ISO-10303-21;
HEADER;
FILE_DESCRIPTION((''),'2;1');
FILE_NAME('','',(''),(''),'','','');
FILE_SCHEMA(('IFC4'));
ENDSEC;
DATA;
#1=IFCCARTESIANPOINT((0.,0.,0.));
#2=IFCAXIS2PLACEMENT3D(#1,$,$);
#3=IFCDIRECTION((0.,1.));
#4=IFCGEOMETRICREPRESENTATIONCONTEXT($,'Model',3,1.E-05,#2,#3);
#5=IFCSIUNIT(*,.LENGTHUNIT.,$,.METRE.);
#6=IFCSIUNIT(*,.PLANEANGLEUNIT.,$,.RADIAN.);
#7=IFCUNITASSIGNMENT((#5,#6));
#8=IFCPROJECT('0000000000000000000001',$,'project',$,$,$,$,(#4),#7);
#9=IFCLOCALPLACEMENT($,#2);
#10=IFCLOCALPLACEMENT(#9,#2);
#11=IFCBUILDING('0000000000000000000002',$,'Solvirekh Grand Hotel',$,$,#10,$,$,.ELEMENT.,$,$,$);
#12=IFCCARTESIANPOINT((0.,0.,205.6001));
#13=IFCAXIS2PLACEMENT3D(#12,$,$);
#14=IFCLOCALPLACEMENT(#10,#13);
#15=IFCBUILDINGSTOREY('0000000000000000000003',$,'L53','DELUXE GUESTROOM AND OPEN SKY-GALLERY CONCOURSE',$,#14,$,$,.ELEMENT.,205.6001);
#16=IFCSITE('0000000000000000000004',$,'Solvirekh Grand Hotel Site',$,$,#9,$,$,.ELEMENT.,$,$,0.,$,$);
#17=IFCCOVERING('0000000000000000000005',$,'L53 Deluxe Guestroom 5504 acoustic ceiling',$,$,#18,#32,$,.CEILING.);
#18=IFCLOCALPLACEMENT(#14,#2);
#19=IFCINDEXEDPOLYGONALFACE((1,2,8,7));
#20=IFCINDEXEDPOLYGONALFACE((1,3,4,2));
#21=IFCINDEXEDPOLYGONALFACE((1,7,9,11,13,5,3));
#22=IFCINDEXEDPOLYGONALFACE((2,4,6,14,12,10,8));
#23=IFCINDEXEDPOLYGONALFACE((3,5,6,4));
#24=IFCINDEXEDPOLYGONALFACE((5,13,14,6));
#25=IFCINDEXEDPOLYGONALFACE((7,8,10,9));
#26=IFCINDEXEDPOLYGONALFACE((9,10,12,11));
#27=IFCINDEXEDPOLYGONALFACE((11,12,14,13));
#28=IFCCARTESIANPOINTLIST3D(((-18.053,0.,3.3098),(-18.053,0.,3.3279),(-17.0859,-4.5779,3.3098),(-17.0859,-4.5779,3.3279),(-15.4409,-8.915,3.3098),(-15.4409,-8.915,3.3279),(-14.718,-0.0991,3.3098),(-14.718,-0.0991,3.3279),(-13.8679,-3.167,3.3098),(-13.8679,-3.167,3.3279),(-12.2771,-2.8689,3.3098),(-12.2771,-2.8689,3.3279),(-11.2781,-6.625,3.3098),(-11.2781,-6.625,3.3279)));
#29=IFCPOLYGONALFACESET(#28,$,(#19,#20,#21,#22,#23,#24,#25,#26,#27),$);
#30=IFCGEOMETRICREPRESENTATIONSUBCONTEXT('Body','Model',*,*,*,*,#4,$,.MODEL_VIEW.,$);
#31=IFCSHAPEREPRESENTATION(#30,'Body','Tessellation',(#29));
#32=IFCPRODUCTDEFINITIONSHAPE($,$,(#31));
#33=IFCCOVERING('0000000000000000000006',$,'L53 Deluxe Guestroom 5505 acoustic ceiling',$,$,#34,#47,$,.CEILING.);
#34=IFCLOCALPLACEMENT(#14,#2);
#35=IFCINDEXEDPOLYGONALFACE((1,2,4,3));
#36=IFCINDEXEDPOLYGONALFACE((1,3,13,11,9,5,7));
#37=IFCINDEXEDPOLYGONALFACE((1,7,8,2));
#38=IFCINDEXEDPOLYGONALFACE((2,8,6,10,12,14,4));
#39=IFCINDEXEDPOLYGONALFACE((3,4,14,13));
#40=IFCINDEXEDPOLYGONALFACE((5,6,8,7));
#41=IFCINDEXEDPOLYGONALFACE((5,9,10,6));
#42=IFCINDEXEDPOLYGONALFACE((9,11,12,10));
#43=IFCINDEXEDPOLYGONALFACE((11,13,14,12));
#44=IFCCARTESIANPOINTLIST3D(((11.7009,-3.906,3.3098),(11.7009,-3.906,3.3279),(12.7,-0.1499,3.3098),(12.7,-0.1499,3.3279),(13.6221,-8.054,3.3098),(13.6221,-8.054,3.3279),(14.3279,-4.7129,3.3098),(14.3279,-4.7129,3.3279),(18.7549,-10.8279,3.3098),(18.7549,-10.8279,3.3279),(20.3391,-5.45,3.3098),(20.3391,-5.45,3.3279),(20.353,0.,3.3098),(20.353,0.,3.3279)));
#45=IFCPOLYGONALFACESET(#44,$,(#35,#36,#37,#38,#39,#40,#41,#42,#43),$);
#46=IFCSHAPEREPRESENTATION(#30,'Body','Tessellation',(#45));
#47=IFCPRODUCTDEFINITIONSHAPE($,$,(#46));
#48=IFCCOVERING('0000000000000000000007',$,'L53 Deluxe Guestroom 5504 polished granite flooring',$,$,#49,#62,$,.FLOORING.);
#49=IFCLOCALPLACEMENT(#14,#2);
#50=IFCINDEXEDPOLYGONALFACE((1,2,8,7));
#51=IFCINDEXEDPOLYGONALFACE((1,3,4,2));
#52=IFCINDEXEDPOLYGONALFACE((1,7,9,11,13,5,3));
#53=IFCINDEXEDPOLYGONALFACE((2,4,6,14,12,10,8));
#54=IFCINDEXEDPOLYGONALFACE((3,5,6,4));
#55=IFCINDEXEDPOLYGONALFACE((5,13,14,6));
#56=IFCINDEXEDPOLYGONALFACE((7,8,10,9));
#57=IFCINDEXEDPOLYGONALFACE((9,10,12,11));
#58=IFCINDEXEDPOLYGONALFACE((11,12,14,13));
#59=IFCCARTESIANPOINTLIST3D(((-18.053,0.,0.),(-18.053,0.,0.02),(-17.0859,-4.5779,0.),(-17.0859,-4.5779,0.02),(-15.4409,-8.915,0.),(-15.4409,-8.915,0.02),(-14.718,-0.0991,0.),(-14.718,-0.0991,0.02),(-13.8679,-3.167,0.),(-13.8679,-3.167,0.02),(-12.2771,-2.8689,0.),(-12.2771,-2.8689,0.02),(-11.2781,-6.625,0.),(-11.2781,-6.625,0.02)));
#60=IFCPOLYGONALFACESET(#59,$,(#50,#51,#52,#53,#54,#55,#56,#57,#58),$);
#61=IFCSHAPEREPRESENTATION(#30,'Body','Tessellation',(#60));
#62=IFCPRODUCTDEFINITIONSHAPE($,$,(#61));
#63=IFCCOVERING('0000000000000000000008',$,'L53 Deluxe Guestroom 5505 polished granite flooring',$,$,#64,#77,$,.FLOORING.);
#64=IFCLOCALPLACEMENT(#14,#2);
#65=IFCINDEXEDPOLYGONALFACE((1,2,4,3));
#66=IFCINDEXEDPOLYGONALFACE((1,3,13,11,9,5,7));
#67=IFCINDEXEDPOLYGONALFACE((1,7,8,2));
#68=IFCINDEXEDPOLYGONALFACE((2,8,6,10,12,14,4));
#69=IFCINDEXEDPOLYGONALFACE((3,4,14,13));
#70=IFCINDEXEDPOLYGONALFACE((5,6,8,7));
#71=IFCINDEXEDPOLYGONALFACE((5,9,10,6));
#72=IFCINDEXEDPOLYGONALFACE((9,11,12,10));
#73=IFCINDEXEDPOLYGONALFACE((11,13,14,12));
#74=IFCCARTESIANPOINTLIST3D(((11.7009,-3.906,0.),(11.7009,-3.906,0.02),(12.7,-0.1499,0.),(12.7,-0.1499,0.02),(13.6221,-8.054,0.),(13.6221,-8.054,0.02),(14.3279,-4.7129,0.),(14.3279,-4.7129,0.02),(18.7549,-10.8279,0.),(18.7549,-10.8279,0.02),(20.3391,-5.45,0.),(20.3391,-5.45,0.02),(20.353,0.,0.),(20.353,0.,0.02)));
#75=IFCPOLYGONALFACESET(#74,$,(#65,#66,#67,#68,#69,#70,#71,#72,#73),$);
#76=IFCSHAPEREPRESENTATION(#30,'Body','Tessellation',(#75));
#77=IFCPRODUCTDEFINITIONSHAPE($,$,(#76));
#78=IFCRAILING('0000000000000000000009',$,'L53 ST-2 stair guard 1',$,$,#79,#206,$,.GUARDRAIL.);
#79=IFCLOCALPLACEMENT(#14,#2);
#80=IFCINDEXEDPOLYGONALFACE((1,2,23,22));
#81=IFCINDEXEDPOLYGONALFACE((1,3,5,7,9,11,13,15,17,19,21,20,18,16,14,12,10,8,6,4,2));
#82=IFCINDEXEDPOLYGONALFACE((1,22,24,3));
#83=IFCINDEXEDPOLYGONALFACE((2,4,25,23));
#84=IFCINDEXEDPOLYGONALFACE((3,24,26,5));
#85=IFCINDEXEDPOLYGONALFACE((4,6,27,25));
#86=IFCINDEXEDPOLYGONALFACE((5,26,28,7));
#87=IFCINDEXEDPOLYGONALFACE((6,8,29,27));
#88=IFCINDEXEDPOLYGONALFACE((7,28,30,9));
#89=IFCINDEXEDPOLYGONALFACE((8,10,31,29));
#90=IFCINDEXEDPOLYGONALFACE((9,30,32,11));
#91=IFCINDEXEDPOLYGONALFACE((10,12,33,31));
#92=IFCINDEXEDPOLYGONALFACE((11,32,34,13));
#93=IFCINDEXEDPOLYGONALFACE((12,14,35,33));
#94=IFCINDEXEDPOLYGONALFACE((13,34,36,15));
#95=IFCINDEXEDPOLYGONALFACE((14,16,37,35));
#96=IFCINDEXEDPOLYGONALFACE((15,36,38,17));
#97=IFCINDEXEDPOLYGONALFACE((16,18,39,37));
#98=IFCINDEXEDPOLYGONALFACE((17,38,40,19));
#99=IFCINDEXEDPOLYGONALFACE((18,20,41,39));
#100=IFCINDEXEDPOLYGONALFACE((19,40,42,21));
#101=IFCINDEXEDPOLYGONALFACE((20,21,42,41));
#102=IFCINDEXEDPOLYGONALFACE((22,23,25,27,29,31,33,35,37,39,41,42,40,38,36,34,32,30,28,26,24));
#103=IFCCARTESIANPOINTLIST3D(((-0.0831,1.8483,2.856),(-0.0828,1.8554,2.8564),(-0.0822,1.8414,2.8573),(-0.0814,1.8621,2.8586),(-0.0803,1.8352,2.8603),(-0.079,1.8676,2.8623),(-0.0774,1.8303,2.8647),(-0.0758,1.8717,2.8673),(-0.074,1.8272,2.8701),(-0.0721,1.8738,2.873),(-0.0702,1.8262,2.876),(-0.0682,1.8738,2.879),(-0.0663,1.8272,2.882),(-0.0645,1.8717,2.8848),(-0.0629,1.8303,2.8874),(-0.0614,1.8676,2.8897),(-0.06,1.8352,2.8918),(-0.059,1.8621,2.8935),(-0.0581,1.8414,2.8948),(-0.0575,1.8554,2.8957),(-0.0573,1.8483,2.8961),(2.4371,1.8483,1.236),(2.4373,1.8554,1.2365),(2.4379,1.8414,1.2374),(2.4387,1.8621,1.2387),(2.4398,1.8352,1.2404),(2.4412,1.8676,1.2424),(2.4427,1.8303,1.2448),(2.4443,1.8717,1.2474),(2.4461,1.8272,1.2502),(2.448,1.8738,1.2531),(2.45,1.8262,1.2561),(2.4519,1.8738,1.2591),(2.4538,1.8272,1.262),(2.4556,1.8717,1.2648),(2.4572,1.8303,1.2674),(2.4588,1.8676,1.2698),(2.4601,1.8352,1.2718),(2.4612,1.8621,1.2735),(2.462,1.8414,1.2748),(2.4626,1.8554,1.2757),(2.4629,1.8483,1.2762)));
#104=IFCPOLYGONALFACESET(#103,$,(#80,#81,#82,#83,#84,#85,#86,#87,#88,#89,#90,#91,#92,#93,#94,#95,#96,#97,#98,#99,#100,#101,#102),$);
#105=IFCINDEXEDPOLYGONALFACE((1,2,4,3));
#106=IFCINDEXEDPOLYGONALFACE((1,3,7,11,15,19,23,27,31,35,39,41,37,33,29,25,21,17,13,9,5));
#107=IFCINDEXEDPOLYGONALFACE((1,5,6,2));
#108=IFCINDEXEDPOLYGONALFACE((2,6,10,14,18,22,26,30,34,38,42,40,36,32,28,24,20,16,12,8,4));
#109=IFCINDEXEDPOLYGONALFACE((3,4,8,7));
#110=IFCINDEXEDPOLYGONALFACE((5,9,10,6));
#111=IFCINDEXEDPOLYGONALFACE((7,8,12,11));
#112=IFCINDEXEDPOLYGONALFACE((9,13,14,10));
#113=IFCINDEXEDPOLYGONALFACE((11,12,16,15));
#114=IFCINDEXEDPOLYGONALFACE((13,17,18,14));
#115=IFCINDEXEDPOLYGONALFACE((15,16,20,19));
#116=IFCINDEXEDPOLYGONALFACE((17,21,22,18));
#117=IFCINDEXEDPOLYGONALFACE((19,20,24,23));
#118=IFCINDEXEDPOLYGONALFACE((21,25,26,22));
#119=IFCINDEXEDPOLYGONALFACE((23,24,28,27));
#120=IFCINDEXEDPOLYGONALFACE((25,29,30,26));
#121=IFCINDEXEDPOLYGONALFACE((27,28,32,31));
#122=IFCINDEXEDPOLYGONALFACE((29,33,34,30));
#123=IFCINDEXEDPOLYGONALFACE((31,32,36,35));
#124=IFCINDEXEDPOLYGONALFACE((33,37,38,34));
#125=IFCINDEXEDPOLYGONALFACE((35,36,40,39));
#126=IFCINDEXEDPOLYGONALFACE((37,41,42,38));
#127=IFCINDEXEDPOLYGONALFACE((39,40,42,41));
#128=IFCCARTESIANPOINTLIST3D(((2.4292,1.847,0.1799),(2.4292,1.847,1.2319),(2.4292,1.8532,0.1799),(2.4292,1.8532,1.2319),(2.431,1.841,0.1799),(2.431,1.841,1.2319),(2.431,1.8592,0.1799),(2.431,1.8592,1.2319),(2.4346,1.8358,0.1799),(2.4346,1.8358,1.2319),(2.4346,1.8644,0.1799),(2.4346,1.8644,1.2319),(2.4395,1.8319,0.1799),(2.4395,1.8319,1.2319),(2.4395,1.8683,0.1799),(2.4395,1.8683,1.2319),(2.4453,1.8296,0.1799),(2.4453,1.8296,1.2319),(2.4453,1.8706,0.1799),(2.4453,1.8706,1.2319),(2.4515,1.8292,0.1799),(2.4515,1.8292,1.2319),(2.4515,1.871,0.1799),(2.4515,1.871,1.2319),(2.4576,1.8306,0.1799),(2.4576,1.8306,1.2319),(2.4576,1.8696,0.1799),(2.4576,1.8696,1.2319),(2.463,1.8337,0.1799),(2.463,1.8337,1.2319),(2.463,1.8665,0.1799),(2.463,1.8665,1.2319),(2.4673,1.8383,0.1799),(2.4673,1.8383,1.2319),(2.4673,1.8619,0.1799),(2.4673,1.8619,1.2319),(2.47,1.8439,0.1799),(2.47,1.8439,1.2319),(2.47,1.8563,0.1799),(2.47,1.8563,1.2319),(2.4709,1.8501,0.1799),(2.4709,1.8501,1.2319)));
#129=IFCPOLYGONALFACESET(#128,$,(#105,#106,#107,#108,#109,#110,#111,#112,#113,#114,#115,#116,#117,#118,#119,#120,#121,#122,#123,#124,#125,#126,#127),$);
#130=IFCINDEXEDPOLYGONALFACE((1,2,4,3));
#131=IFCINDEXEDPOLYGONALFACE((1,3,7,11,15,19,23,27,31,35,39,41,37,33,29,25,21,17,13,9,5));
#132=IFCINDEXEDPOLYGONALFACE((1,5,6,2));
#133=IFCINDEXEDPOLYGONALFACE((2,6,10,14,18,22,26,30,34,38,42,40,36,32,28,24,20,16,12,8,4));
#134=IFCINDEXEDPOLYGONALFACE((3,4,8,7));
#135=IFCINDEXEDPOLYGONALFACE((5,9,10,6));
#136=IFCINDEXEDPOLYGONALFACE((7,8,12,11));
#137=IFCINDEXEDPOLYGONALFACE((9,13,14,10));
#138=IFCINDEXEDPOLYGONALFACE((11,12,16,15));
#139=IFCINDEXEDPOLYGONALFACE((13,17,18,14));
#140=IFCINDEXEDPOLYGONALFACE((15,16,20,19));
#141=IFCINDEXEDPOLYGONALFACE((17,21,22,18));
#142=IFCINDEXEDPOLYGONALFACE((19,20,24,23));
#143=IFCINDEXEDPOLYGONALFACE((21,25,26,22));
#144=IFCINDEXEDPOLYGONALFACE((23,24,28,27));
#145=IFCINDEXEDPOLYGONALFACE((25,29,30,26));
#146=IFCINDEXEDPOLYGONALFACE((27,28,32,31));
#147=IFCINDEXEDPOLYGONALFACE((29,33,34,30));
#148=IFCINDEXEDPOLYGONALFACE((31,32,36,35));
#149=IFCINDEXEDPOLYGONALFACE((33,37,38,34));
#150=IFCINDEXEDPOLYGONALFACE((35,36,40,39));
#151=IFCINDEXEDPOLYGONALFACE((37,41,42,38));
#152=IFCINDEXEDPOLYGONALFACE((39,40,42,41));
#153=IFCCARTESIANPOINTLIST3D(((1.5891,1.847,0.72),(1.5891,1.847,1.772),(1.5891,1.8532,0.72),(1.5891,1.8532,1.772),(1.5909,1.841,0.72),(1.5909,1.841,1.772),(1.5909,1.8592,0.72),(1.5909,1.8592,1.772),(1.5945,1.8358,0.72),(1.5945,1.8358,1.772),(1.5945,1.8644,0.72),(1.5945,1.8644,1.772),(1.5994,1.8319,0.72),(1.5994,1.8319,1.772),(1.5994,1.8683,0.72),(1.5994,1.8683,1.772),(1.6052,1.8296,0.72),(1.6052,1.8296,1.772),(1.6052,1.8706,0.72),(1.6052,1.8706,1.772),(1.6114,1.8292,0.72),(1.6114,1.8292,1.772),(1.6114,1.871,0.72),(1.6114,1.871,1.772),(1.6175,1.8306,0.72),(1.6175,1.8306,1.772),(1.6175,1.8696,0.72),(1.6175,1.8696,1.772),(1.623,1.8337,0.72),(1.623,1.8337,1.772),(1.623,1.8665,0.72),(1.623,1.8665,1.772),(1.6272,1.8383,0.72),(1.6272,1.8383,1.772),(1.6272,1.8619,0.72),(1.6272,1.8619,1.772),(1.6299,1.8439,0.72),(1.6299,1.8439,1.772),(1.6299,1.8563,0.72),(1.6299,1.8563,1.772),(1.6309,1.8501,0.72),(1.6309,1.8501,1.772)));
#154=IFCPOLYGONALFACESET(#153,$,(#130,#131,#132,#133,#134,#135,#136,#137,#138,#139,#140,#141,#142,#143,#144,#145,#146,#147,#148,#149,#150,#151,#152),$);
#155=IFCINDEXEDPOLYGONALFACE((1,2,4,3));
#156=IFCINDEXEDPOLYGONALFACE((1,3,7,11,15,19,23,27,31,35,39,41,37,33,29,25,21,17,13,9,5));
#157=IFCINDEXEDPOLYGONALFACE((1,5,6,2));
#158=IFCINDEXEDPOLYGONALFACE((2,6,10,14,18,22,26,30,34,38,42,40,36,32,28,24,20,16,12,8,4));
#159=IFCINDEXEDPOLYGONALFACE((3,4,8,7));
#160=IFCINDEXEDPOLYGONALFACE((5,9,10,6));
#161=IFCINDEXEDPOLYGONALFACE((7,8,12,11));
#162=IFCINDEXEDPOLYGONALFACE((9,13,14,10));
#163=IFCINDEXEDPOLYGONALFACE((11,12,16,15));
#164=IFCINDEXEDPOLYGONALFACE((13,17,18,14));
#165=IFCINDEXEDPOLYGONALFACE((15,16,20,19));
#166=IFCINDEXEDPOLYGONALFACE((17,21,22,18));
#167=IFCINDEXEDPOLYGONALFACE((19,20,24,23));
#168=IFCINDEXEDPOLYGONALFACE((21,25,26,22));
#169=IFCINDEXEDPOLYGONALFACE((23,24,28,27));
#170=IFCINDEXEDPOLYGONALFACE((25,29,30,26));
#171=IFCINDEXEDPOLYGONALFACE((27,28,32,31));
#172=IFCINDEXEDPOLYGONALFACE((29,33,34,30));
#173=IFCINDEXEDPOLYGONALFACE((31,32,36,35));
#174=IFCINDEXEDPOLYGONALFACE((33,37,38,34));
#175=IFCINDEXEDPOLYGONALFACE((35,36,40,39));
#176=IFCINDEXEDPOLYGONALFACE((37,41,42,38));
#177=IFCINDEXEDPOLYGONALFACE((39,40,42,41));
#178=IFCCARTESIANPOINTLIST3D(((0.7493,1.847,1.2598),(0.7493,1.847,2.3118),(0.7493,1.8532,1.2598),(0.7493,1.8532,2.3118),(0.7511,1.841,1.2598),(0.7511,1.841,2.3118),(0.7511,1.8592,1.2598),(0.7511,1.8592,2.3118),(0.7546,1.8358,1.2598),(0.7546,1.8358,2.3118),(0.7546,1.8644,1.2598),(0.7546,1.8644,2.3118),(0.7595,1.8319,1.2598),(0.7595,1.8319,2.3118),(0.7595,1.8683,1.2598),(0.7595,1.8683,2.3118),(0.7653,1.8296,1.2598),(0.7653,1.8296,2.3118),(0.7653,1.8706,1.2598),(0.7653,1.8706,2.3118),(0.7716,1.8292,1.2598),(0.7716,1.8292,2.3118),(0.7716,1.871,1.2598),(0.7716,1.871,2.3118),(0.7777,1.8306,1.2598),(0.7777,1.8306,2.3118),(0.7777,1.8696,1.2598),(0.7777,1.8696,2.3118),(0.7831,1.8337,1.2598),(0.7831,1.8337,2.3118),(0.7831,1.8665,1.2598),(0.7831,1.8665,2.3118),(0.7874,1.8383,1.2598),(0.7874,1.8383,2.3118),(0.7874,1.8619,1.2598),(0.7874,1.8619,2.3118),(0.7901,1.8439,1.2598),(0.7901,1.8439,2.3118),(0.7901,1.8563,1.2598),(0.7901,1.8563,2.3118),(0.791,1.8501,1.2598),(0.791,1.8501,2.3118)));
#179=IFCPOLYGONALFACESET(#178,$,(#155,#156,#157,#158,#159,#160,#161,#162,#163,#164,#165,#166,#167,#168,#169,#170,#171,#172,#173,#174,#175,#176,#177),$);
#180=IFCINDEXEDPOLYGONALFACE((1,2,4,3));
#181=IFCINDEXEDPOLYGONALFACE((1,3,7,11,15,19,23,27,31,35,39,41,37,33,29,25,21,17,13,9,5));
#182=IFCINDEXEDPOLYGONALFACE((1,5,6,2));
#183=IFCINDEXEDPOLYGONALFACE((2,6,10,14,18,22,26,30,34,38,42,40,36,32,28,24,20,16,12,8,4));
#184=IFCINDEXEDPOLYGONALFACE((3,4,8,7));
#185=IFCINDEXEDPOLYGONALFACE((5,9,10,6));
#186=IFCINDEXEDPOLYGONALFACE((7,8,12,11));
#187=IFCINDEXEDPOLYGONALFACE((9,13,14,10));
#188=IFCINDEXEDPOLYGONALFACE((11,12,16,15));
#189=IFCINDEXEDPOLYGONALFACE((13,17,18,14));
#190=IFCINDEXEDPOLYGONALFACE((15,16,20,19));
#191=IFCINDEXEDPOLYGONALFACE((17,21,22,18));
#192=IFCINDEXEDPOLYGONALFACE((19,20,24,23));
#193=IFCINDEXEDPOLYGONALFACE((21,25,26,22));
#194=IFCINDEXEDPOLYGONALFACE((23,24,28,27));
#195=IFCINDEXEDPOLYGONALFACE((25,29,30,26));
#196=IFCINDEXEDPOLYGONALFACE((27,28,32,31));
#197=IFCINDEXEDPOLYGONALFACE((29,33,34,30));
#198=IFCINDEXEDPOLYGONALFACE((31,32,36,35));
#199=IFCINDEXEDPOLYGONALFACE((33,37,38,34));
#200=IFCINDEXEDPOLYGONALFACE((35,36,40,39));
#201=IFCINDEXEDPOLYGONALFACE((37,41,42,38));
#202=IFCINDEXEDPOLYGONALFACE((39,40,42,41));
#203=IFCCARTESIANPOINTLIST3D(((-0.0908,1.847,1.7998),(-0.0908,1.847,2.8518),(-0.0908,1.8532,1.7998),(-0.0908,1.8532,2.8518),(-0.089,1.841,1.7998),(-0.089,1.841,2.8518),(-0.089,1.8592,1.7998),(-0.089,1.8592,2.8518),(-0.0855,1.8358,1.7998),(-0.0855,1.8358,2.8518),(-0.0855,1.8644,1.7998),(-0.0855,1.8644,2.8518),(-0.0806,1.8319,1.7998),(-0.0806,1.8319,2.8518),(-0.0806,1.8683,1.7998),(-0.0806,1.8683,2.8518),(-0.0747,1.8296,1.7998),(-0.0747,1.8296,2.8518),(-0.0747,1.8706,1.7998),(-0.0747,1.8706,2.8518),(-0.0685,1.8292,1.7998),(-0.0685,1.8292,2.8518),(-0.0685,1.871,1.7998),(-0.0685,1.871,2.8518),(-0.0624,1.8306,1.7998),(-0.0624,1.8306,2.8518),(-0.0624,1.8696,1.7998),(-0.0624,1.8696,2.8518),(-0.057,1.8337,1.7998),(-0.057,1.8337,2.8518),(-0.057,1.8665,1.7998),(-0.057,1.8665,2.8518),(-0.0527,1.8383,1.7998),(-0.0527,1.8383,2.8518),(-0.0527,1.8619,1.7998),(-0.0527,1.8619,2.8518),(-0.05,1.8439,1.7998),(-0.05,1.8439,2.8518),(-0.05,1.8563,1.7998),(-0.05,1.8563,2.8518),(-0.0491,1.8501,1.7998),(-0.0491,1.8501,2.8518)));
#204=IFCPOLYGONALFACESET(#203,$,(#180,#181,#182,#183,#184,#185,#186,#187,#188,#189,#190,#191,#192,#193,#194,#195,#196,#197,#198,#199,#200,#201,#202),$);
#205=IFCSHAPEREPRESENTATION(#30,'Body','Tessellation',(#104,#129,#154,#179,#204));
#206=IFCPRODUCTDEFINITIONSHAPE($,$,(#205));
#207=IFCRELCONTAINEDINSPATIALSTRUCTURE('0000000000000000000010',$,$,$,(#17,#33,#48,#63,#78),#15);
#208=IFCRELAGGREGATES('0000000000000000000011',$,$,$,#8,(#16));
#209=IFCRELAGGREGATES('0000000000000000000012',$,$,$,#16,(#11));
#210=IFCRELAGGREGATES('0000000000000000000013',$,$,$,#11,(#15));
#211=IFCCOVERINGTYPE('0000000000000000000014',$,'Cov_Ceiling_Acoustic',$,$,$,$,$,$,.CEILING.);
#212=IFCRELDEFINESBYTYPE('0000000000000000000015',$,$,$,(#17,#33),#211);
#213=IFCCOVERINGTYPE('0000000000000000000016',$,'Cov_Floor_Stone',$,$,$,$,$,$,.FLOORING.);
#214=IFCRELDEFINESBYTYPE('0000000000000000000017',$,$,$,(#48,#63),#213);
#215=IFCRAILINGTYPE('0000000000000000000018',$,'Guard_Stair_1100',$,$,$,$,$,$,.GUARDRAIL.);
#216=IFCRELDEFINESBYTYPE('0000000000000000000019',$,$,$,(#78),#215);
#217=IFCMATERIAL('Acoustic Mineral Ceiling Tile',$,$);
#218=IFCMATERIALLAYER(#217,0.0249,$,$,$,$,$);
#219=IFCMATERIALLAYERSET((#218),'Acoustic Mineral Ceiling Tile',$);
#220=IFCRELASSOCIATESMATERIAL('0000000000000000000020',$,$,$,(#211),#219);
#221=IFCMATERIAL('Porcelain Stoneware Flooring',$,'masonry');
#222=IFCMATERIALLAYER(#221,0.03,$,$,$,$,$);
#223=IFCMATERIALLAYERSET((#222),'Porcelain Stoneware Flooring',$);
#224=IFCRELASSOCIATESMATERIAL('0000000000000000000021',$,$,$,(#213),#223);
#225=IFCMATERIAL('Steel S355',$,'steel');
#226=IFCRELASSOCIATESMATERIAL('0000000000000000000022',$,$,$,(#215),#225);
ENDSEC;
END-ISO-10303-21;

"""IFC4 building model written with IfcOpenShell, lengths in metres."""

from ifc_helpers import new_model, si_unit, direction, frame, origin, origin_2d, place, context, subcontext, project, spatial, polyline, circle, outline, extrude, material, layer, layer_set, type_object, element, save


model = new_model("IFC4")

# Units and contexts
model_context = context("Model", 3, precision=1e-05, world=origin(), true_north=direction((0.0, 1.0)))
body_context = subcontext(model_context, "Body", "Model", "MODEL_VIEW")
ifc_project = project(units=[si_unit("LENGTHUNIT", "METRE"), si_unit("PLANEANGLEUNIT", "RADIAN")], contexts=[model_context])

# Site, building, storey
site_placement = place(None, origin())
site = spatial("IfcSite", under=ifc_project, at=site_placement, Name="Solvirekh Grand Hotel Site", CompositionType="ELEMENT", RefElevation=0.0)
building_placement = place(site_placement, origin())
building = spatial("IfcBuilding", under=site, at=building_placement, Name="Solvirekh Grand Hotel", CompositionType="ELEMENT")
storey_placement = place(building_placement, frame((0.0, 0.0, 205.6001)))
storey = spatial("IfcBuildingStorey", under=building, at=storey_placement, Name="L53", Description="DELUXE GUESTROOM AND OPEN SKY-GALLERY CONCOURSE", CompositionType="ELEMENT", Elevation=205.6001)

# Coverings
ifc_material_1 = material(Name="Acoustic Mineral Ceiling Tile")
ifc_layer_1 = layer(ifc_material_1, 0.0249)
ifc_layer_set_1 = layer_set([ifc_layer_1], Name="Acoustic Mineral Ceiling Tile")
covering_type_1 = type_object("IfcCoveringType", Name="Cov_Ceiling_Acoustic", PredefinedType="CEILING", material=ifc_layer_set_1)
covering_1_placement = place(storey_placement, frame((0.0, 0.0, 3.3098)))
element("IfcCovering", 1, at=covering_1_placement, inside=storey, type_object=covering_type_1, Name="L53 Deluxe Guestroom 5504 acoustic ceiling", PredefinedType="CEILING", context=body_context, shape_type="SweptSolid", body=[
    extrude(outline(polyline([(-13.8679, -3.167), (-14.718, -0.0991), (-18.053, 0.0), (-17.0859, -4.5779), (-15.4409, -8.915), (-11.2781, -6.625), (-12.2771, -2.8689), (-13.8679, -3.167)])), origin(), (0.0, 0.0, 1.0), 0.0181),
])
covering_2_placement = place(storey_placement, frame((0.0, 0.0, 3.3098)))
element("IfcCovering", 2, at=covering_2_placement, inside=storey, type_object=covering_type_1, Name="L53 Deluxe Guestroom 5505 acoustic ceiling", PredefinedType="CEILING", context=body_context, shape_type="SweptSolid", body=[
    extrude(outline(polyline([(14.3279, -4.7129), (13.6221, -8.054), (18.7549, -10.8279), (20.3391, -5.45), (20.353, 0.0), (12.7, -0.1499), (11.7009, -3.906), (14.3279, -4.7129)])), origin(), (0.0, 0.0, 1.0), 0.0181),
])
ifc_material_2 = material(Name="Porcelain Stoneware Flooring", Category="masonry")
ifc_layer_2 = layer(ifc_material_2, 0.03)
ifc_layer_set_2 = layer_set([ifc_layer_2], Name="Porcelain Stoneware Flooring")
covering_type_2 = type_object("IfcCoveringType", Name="Cov_Floor_Stone", PredefinedType="FLOORING", material=ifc_layer_set_2)
covering_3_placement = place(storey_placement, origin())
element("IfcCovering", 3, at=covering_3_placement, inside=storey, type_object=covering_type_2, Name="L53 Deluxe Guestroom 5504 polished granite flooring", PredefinedType="FLOORING", context=body_context, shape_type="SweptSolid", body=[
    extrude(outline(polyline([(-13.8679, -3.167), (-14.718, -0.0991), (-18.053, 0.0), (-17.0859, -4.5779), (-15.4409, -8.915), (-11.2781, -6.625), (-12.2771, -2.8689), (-13.8679, -3.167)])), origin(), (0.0, 0.0, 1.0), 0.02),
])
covering_4_placement = place(storey_placement, origin())
element("IfcCovering", 4, at=covering_4_placement, inside=storey, type_object=covering_type_2, Name="L53 Deluxe Guestroom 5505 polished granite flooring", PredefinedType="FLOORING", context=body_context, shape_type="SweptSolid", body=[
    extrude(outline(polyline([(14.3279, -4.7129), (13.6221, -8.054), (18.7549, -10.8279), (20.3391, -5.45), (20.353, 0.0), (12.7, -0.1499), (11.7009, -3.906), (14.3279, -4.7129)])), origin(), (0.0, 0.0, 1.0), 0.02),
])

# Railing
ifc_material_3 = material(Name="Steel S355", Category="steel")
railing_type_1 = type_object("IfcRailingType", Name="Guard_Stair_1100", PredefinedType="GUARDRAIL", material=ifc_material_3)
railing_1_placement = place(storey_placement, frame((2.45, 1.8501, 0.1799)))
element("IfcRailing", 5, at=railing_1_placement, inside=storey, type_object=railing_type_1, Name="L53 ST-2 stair guard 1", PredefinedType="GUARDRAIL", context=body_context, shape_type="SweptSolid", body=[
    extrude(circle(Radius=0.0239, at=origin_2d()), frame((0.0, 0.0, 1.0762), z_axis=(-0.8412, 0.0, 0.540725), x_axis=(0.0, -1.0, 0.0)), (0.0, 0.0, 1.0), 2.9958),
    extrude(circle(Radius=0.021, at=origin_2d()), origin(), (0.0, 0.0, 1.0), 1.052),
    extrude(circle(Radius=0.021, at=origin_2d()), frame((-0.8401, 0.0, 0.54)), (0.0, 0.0, 1.0), 1.052),
    extrude(circle(Radius=0.021, at=origin_2d()), frame((-1.6799, 0.0, 1.0798)), (0.0, 0.0, 1.0), 1.052),
    extrude(circle(Radius=0.021, at=origin_2d()), frame((-2.52, 0.0, 1.6199)), (0.0, 0.0, 1.0), 1.052),
])

save(model, "model.ifc")
